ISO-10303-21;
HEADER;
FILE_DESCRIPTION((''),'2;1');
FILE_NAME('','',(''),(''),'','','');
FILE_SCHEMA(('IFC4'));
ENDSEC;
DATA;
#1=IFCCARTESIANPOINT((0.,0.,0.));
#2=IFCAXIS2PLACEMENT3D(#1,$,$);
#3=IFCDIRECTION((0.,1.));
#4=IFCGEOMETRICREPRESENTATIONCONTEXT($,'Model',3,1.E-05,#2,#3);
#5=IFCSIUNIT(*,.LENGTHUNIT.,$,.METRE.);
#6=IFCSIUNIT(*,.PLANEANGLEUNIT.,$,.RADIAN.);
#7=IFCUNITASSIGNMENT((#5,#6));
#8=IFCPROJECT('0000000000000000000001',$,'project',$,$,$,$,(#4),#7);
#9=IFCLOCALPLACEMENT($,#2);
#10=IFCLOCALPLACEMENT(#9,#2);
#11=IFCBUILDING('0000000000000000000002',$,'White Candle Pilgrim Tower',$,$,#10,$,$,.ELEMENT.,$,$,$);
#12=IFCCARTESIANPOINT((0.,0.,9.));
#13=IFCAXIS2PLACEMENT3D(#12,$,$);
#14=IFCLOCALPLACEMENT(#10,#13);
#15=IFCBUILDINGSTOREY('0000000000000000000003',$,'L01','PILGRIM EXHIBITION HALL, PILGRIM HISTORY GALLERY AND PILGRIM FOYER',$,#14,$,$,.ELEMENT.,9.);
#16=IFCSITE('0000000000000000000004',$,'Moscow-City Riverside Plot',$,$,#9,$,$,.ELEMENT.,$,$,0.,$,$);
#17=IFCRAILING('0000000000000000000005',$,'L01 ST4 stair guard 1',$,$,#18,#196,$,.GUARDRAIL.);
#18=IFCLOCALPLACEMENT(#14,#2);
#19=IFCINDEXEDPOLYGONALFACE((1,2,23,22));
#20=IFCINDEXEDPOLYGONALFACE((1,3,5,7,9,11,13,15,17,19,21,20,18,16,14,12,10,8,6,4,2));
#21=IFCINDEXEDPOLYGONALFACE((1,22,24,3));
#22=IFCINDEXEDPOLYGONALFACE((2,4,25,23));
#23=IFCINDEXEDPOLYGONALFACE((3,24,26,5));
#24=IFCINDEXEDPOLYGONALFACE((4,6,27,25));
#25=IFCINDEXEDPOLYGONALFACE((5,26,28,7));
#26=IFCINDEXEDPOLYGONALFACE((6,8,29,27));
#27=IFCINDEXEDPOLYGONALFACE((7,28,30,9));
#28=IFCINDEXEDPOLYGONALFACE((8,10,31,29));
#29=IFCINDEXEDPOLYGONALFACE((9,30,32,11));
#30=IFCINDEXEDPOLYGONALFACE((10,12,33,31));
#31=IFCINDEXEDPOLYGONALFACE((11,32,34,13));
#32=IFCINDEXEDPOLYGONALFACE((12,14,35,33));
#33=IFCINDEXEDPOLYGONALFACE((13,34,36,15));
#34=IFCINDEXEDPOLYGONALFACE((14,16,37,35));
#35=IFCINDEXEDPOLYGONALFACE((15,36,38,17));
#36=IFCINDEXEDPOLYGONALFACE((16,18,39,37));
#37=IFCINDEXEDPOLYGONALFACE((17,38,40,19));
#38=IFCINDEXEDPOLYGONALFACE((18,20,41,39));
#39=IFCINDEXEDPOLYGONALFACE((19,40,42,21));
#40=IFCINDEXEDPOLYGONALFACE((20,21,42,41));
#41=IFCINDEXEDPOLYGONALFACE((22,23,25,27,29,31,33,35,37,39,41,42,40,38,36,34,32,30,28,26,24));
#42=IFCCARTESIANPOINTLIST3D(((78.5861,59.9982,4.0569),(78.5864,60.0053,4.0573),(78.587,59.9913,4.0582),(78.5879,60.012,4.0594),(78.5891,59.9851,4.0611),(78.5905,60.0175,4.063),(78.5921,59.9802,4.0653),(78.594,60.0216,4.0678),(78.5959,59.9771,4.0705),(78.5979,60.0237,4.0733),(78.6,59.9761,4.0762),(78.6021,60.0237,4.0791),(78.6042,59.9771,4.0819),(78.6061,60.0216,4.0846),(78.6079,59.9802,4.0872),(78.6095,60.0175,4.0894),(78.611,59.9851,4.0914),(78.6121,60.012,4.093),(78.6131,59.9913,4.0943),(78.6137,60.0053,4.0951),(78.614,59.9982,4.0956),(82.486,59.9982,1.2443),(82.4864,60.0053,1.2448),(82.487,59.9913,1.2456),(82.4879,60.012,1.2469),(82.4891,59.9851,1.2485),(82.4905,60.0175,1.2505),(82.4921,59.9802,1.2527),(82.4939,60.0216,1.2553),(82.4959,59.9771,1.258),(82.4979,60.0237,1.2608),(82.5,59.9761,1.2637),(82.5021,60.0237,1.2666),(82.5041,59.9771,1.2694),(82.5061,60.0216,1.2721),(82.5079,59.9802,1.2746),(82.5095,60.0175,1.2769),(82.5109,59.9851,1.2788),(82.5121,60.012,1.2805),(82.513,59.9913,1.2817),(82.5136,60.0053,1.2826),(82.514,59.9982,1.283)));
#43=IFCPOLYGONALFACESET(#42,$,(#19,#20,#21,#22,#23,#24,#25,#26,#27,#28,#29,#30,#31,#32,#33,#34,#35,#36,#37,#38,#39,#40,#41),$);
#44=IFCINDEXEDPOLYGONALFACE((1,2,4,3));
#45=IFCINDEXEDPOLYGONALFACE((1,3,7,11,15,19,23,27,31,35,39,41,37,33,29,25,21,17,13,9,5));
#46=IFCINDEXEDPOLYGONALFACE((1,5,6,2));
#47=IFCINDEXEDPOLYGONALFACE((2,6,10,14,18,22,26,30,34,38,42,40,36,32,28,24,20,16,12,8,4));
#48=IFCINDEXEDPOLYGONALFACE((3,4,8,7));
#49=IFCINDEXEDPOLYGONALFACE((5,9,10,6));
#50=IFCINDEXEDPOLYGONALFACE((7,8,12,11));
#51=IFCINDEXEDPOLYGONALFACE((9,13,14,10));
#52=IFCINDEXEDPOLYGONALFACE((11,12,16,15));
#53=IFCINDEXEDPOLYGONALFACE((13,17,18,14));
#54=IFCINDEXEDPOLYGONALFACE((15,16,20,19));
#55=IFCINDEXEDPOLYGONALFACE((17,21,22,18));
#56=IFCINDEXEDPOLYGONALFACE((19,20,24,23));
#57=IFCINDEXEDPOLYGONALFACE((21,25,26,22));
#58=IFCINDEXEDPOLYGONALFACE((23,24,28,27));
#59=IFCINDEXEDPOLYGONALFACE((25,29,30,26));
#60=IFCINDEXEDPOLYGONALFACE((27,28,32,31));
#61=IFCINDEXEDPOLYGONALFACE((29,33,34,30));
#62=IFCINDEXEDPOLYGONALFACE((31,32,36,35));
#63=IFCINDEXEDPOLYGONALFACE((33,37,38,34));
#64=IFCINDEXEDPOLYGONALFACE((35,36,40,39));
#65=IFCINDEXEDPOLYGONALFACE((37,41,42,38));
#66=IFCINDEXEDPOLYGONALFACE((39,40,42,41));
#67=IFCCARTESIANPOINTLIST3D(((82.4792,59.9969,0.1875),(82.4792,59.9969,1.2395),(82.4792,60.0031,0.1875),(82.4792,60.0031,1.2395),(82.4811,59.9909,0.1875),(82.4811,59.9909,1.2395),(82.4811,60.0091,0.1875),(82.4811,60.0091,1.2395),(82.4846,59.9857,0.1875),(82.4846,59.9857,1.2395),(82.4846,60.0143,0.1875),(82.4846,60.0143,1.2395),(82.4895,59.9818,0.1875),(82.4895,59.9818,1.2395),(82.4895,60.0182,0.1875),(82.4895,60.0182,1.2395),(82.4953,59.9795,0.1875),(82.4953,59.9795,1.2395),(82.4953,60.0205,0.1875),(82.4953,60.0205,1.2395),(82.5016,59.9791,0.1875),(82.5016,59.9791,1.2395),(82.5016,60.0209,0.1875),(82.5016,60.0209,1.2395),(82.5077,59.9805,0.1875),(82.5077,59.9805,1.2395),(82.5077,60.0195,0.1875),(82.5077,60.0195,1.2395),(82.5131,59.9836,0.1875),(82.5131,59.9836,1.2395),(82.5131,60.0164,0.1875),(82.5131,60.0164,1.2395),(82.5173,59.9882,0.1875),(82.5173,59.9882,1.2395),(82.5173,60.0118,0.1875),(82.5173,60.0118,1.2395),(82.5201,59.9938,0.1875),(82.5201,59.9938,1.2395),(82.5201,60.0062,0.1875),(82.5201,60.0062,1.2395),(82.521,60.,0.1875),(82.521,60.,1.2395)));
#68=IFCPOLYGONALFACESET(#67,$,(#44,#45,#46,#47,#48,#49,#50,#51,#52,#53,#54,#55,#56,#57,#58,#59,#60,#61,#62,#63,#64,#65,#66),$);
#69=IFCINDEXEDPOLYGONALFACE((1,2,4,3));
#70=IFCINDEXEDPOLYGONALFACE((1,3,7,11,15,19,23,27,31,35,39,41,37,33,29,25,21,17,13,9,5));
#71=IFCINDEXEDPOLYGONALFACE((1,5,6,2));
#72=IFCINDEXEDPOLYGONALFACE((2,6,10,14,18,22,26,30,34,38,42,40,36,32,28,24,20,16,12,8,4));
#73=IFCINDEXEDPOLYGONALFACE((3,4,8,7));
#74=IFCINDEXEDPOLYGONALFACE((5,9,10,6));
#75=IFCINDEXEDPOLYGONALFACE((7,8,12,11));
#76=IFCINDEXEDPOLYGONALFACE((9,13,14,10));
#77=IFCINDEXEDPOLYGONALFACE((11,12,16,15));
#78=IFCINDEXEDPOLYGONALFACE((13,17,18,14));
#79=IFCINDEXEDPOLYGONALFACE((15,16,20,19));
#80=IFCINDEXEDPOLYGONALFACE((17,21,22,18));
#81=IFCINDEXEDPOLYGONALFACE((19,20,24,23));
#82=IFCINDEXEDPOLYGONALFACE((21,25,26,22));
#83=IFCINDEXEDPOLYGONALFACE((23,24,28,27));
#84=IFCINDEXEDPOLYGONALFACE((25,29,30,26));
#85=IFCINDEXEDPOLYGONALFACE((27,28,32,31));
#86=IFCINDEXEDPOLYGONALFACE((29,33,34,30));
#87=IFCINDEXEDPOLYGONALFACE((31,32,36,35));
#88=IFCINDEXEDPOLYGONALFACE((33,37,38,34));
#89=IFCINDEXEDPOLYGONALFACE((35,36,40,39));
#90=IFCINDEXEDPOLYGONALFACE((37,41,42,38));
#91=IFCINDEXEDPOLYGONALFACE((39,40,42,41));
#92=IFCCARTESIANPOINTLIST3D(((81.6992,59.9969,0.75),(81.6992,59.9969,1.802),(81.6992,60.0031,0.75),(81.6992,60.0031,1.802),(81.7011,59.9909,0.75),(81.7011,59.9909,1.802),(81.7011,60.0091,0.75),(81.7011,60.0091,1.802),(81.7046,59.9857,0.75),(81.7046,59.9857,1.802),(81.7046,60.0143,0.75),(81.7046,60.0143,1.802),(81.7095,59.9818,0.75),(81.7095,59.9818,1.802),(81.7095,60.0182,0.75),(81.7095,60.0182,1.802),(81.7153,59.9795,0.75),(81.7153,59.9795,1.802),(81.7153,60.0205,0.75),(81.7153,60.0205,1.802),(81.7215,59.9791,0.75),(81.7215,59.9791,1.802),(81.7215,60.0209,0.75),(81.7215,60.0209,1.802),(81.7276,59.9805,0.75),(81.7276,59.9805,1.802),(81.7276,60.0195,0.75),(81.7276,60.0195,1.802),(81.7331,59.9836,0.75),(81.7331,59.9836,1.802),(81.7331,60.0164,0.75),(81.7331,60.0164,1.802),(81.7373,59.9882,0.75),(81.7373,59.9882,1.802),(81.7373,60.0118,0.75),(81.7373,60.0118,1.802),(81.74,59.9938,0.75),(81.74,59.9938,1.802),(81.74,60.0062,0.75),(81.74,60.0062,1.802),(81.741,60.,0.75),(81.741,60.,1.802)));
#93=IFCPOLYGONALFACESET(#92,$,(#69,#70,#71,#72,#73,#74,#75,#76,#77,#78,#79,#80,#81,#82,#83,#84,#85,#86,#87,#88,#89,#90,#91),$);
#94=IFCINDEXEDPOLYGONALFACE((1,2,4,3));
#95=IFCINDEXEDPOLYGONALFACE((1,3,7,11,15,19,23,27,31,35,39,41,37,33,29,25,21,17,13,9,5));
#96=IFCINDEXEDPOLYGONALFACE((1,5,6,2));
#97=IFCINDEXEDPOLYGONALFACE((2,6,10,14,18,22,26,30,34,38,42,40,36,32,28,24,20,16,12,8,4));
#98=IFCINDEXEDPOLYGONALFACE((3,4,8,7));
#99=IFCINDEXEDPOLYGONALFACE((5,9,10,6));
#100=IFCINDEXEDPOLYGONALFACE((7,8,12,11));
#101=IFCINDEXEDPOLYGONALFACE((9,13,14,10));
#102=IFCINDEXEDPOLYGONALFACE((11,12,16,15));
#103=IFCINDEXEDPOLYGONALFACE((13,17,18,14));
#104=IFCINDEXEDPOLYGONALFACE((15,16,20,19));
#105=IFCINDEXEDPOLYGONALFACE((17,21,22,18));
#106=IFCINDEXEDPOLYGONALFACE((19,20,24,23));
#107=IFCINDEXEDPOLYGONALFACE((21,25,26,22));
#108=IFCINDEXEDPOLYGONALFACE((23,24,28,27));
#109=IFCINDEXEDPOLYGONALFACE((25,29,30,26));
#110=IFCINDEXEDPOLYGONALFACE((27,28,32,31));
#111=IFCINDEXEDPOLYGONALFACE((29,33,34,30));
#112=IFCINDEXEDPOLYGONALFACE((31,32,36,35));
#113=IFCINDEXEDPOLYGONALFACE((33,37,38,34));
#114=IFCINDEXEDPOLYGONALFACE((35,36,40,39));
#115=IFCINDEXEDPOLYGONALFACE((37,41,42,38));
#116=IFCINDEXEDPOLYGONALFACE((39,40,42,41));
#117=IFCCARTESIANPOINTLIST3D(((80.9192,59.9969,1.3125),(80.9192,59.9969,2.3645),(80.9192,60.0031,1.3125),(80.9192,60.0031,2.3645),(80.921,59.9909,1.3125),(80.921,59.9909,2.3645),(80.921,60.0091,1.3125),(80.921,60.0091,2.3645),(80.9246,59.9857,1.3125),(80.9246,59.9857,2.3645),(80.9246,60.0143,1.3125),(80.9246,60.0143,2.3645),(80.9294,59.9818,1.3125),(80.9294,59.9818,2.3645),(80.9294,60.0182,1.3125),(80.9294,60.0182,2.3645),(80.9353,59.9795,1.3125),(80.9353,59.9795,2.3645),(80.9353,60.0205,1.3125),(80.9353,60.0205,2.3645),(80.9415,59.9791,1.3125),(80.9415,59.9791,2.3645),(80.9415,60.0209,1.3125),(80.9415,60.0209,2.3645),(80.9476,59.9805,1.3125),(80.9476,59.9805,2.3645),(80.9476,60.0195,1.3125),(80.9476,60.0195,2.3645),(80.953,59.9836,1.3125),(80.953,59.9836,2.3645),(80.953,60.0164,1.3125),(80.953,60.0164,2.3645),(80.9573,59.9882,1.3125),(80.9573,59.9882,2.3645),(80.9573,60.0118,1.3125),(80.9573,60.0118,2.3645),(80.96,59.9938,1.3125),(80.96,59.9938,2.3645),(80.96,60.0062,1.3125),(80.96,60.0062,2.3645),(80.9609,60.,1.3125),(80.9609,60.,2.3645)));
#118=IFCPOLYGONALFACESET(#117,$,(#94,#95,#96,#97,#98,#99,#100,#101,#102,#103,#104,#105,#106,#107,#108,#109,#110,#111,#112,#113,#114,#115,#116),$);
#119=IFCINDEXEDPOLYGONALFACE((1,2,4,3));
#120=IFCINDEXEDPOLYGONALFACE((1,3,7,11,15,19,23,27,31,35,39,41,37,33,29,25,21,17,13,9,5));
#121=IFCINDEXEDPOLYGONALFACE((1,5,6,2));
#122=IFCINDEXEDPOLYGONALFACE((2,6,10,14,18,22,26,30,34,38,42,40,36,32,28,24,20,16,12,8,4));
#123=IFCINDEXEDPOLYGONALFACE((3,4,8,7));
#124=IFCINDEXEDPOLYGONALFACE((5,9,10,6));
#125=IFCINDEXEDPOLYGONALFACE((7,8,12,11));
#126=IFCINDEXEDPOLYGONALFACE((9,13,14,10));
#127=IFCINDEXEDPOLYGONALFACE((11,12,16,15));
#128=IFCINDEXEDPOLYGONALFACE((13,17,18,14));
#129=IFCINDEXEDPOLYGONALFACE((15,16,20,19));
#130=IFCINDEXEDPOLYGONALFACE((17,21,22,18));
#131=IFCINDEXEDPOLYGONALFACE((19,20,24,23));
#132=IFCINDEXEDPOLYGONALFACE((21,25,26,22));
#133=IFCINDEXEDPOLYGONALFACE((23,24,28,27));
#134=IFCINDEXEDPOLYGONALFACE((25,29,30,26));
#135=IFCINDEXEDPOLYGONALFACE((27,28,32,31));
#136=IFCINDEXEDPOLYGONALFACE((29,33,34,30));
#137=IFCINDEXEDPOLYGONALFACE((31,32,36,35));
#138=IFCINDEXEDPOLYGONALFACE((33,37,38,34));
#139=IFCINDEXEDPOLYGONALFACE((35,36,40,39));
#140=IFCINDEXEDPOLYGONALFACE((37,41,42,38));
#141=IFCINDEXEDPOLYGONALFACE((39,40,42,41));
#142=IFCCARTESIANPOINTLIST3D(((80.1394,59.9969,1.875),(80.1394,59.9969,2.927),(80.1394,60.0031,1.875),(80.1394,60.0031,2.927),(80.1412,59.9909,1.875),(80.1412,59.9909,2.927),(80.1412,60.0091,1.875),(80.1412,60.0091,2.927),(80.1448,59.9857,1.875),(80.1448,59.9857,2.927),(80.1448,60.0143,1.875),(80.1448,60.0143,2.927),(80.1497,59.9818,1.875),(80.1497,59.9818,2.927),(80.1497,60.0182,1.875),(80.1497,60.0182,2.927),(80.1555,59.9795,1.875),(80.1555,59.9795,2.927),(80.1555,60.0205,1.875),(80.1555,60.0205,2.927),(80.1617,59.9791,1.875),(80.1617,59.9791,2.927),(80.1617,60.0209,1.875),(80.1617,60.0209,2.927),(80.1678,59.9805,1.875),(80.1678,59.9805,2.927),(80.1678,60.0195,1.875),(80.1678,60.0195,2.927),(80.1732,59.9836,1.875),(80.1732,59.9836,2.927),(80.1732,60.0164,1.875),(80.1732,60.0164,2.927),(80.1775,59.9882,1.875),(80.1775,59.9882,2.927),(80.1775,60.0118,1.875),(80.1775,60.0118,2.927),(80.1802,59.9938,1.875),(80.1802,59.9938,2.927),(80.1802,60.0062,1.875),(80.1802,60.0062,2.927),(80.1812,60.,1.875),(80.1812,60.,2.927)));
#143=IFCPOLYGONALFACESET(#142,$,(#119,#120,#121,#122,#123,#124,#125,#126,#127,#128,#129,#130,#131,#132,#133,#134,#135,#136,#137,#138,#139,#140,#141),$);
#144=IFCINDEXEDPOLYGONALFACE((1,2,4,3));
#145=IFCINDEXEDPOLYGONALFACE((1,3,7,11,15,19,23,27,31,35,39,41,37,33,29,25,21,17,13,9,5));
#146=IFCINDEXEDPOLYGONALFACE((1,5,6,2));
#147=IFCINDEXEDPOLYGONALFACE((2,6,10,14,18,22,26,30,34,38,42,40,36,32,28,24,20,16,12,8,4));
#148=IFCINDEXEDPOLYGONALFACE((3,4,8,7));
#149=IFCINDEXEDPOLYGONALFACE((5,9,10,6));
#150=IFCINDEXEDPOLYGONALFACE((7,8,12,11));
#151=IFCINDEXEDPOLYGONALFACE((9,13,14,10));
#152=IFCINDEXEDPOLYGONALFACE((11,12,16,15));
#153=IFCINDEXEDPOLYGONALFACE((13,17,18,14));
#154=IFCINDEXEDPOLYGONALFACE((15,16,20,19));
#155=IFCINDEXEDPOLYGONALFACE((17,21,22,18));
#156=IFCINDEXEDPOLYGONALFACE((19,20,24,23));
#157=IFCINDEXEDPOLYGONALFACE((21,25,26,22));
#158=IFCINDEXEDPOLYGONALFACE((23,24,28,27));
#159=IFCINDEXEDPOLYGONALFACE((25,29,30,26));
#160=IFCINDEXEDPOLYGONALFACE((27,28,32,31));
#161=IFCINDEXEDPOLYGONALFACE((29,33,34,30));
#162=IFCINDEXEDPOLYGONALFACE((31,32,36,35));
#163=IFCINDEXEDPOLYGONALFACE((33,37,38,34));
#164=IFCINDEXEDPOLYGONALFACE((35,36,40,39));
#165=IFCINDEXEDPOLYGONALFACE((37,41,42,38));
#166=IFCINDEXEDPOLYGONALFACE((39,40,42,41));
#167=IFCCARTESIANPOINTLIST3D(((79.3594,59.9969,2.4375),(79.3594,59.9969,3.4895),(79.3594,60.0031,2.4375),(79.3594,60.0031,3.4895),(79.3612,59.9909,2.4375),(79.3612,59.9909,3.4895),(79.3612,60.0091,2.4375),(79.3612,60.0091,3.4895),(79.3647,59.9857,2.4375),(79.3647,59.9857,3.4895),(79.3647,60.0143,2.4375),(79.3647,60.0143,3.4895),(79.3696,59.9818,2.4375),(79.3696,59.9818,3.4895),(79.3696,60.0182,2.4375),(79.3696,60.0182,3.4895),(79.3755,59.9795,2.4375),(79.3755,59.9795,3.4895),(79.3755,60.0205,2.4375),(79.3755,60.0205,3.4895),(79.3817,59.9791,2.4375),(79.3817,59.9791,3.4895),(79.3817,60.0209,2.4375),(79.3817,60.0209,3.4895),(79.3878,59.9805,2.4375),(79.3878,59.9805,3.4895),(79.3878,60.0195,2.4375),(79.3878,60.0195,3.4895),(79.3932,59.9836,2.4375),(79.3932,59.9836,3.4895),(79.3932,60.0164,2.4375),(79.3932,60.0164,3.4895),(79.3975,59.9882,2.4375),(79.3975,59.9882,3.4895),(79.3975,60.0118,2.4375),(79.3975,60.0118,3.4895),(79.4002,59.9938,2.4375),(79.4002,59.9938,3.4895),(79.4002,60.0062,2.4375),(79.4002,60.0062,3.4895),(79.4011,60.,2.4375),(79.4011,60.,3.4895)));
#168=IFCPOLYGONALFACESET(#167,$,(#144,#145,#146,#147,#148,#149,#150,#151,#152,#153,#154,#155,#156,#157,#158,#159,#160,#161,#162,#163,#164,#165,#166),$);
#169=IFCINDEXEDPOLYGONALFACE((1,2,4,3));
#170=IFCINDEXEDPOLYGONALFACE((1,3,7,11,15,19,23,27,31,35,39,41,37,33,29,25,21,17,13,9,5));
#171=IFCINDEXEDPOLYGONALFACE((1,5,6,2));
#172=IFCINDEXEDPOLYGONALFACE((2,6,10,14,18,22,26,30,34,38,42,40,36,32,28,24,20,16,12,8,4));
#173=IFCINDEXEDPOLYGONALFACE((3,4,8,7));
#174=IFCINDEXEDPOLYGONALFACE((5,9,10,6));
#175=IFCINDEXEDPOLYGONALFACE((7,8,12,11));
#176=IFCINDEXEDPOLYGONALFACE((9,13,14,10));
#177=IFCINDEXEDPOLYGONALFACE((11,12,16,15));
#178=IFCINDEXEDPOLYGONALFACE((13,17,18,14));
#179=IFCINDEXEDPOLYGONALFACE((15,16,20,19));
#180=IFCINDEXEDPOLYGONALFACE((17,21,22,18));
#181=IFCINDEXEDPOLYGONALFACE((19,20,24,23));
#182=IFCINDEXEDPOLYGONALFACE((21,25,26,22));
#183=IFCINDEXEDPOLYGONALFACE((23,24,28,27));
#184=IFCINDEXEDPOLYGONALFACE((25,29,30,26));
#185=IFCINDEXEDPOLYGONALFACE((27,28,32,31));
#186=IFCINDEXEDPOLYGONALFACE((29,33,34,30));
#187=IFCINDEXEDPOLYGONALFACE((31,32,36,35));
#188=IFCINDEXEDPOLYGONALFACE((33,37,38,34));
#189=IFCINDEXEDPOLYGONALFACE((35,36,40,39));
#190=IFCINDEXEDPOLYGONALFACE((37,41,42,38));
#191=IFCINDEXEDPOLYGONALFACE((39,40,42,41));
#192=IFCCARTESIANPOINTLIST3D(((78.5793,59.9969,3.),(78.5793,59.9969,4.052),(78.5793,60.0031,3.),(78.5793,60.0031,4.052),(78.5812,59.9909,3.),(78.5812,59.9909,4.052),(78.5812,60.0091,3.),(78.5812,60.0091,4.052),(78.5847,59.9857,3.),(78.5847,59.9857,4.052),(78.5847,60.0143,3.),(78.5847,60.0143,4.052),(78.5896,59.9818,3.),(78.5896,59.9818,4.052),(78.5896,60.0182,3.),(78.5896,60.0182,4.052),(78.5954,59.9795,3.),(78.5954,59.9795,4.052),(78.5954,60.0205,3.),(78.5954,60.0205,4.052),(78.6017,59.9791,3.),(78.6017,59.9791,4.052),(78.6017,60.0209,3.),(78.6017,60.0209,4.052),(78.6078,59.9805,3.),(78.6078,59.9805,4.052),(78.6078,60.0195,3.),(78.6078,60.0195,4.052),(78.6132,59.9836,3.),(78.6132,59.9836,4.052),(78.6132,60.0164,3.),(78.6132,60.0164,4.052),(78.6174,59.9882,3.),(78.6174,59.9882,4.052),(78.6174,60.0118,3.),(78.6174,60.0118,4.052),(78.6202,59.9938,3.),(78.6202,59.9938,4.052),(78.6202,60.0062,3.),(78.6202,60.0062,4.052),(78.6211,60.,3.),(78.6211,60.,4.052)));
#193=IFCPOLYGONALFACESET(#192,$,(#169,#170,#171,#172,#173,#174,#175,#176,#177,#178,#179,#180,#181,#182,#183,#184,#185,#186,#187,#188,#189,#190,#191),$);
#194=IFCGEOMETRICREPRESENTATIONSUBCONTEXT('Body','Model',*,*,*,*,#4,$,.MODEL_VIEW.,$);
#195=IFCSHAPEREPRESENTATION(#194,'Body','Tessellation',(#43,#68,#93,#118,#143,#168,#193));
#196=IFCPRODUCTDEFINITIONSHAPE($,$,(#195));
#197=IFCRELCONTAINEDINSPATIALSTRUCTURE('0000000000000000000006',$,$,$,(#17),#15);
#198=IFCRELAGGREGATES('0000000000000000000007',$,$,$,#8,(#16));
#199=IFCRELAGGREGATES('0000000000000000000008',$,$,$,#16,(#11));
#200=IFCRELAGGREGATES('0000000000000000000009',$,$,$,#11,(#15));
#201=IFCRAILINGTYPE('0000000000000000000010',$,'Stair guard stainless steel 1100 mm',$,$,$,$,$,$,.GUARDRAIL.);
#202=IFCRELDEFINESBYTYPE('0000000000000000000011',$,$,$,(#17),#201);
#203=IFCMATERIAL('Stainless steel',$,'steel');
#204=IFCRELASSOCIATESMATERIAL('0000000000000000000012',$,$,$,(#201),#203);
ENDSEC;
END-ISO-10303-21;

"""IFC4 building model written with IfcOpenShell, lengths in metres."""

from ifc_helpers import new_model, si_unit, direction, frame, origin, origin_2d, place, context, subcontext, project, spatial, circle, extrude, material, type_object, element, save


model = new_model("IFC4")

# Units and contexts
model_context = context("Model", 3, precision=1e-05, world=origin(), true_north=direction((0.0, 1.0)))
body_context = subcontext(model_context, "Body", "Model", "MODEL_VIEW")
ifc_project = project(units=[si_unit("LENGTHUNIT", "METRE"), si_unit("PLANEANGLEUNIT", "RADIAN")], contexts=[model_context])

# Site, building, storey
site_placement = place(None, origin())
site = spatial("IfcSite", under=ifc_project, at=site_placement, Name="Moscow-City Riverside Plot", CompositionType="ELEMENT", RefElevation=0.0)
building_placement = place(site_placement, origin())
building = spatial("IfcBuilding", under=site, at=building_placement, Name="White Candle Pilgrim Tower", CompositionType="ELEMENT")
storey_placement = place(building_placement, frame((0.0, 0.0, 9.0)))
storey = spatial("IfcBuildingStorey", under=building, at=storey_placement, Name="L01", Description="PILGRIM EXHIBITION HALL, PILGRIM HISTORY GALLERY AND PILGRIM FOYER", CompositionType="ELEMENT", Elevation=9.0)

# Railing
ifc_material_1 = material(Name="Stainless steel", Category="steel")
railing_type_1 = type_object("IfcRailingType", Name="Stair guard stainless steel 1100 mm", PredefinedType="GUARDRAIL", material=ifc_material_1)
railing_1_placement = place(storey_placement, frame((82.5, 60.0, 0.1875)))
element("IfcRailing", 1, at=railing_1_placement, inside=storey, type_object=railing_type_1, Name="L01 ST4 stair guard 1", PredefinedType="GUARDRAIL", context=body_context, shape_type="SweptSolid", body=[
    extrude(circle(Radius=0.0239, at=origin_2d()), frame((0.0, 0.0, 1.0762), z_axis=(-0.811083, 0.0, 0.584931), x_axis=(0.0, -1.0, 0.0)), (0.0, 0.0, 1.0), 4.8083),
    extrude(circle(Radius=0.021, at=origin_2d()), origin(), (0.0, 0.0, 1.0), 1.052),
    extrude(circle(Radius=0.021, at=origin_2d()), frame((-0.78, 0.0, 0.5625)), (0.0, 0.0, 1.0), 1.052),
    extrude(circle(Radius=0.021, at=origin_2d()), frame((-1.5601, 0.0, 1.125)), (0.0, 0.0, 1.0), 1.052),
    extrude(circle(Radius=0.021, at=origin_2d()), frame((-2.3398, 0.0, 1.6875)), (0.0, 0.0, 1.0), 1.052),
    extrude(circle(Radius=0.021, at=origin_2d()), frame((-3.1199, 0.0, 2.25)), (0.0, 0.0, 1.0), 1.052),
    extrude(circle(Radius=0.021, at=origin_2d()), frame((-3.8999, 0.0, 2.8125)), (0.0, 0.0, 1.0), 1.052),
])

save(model, "model.ifc")
